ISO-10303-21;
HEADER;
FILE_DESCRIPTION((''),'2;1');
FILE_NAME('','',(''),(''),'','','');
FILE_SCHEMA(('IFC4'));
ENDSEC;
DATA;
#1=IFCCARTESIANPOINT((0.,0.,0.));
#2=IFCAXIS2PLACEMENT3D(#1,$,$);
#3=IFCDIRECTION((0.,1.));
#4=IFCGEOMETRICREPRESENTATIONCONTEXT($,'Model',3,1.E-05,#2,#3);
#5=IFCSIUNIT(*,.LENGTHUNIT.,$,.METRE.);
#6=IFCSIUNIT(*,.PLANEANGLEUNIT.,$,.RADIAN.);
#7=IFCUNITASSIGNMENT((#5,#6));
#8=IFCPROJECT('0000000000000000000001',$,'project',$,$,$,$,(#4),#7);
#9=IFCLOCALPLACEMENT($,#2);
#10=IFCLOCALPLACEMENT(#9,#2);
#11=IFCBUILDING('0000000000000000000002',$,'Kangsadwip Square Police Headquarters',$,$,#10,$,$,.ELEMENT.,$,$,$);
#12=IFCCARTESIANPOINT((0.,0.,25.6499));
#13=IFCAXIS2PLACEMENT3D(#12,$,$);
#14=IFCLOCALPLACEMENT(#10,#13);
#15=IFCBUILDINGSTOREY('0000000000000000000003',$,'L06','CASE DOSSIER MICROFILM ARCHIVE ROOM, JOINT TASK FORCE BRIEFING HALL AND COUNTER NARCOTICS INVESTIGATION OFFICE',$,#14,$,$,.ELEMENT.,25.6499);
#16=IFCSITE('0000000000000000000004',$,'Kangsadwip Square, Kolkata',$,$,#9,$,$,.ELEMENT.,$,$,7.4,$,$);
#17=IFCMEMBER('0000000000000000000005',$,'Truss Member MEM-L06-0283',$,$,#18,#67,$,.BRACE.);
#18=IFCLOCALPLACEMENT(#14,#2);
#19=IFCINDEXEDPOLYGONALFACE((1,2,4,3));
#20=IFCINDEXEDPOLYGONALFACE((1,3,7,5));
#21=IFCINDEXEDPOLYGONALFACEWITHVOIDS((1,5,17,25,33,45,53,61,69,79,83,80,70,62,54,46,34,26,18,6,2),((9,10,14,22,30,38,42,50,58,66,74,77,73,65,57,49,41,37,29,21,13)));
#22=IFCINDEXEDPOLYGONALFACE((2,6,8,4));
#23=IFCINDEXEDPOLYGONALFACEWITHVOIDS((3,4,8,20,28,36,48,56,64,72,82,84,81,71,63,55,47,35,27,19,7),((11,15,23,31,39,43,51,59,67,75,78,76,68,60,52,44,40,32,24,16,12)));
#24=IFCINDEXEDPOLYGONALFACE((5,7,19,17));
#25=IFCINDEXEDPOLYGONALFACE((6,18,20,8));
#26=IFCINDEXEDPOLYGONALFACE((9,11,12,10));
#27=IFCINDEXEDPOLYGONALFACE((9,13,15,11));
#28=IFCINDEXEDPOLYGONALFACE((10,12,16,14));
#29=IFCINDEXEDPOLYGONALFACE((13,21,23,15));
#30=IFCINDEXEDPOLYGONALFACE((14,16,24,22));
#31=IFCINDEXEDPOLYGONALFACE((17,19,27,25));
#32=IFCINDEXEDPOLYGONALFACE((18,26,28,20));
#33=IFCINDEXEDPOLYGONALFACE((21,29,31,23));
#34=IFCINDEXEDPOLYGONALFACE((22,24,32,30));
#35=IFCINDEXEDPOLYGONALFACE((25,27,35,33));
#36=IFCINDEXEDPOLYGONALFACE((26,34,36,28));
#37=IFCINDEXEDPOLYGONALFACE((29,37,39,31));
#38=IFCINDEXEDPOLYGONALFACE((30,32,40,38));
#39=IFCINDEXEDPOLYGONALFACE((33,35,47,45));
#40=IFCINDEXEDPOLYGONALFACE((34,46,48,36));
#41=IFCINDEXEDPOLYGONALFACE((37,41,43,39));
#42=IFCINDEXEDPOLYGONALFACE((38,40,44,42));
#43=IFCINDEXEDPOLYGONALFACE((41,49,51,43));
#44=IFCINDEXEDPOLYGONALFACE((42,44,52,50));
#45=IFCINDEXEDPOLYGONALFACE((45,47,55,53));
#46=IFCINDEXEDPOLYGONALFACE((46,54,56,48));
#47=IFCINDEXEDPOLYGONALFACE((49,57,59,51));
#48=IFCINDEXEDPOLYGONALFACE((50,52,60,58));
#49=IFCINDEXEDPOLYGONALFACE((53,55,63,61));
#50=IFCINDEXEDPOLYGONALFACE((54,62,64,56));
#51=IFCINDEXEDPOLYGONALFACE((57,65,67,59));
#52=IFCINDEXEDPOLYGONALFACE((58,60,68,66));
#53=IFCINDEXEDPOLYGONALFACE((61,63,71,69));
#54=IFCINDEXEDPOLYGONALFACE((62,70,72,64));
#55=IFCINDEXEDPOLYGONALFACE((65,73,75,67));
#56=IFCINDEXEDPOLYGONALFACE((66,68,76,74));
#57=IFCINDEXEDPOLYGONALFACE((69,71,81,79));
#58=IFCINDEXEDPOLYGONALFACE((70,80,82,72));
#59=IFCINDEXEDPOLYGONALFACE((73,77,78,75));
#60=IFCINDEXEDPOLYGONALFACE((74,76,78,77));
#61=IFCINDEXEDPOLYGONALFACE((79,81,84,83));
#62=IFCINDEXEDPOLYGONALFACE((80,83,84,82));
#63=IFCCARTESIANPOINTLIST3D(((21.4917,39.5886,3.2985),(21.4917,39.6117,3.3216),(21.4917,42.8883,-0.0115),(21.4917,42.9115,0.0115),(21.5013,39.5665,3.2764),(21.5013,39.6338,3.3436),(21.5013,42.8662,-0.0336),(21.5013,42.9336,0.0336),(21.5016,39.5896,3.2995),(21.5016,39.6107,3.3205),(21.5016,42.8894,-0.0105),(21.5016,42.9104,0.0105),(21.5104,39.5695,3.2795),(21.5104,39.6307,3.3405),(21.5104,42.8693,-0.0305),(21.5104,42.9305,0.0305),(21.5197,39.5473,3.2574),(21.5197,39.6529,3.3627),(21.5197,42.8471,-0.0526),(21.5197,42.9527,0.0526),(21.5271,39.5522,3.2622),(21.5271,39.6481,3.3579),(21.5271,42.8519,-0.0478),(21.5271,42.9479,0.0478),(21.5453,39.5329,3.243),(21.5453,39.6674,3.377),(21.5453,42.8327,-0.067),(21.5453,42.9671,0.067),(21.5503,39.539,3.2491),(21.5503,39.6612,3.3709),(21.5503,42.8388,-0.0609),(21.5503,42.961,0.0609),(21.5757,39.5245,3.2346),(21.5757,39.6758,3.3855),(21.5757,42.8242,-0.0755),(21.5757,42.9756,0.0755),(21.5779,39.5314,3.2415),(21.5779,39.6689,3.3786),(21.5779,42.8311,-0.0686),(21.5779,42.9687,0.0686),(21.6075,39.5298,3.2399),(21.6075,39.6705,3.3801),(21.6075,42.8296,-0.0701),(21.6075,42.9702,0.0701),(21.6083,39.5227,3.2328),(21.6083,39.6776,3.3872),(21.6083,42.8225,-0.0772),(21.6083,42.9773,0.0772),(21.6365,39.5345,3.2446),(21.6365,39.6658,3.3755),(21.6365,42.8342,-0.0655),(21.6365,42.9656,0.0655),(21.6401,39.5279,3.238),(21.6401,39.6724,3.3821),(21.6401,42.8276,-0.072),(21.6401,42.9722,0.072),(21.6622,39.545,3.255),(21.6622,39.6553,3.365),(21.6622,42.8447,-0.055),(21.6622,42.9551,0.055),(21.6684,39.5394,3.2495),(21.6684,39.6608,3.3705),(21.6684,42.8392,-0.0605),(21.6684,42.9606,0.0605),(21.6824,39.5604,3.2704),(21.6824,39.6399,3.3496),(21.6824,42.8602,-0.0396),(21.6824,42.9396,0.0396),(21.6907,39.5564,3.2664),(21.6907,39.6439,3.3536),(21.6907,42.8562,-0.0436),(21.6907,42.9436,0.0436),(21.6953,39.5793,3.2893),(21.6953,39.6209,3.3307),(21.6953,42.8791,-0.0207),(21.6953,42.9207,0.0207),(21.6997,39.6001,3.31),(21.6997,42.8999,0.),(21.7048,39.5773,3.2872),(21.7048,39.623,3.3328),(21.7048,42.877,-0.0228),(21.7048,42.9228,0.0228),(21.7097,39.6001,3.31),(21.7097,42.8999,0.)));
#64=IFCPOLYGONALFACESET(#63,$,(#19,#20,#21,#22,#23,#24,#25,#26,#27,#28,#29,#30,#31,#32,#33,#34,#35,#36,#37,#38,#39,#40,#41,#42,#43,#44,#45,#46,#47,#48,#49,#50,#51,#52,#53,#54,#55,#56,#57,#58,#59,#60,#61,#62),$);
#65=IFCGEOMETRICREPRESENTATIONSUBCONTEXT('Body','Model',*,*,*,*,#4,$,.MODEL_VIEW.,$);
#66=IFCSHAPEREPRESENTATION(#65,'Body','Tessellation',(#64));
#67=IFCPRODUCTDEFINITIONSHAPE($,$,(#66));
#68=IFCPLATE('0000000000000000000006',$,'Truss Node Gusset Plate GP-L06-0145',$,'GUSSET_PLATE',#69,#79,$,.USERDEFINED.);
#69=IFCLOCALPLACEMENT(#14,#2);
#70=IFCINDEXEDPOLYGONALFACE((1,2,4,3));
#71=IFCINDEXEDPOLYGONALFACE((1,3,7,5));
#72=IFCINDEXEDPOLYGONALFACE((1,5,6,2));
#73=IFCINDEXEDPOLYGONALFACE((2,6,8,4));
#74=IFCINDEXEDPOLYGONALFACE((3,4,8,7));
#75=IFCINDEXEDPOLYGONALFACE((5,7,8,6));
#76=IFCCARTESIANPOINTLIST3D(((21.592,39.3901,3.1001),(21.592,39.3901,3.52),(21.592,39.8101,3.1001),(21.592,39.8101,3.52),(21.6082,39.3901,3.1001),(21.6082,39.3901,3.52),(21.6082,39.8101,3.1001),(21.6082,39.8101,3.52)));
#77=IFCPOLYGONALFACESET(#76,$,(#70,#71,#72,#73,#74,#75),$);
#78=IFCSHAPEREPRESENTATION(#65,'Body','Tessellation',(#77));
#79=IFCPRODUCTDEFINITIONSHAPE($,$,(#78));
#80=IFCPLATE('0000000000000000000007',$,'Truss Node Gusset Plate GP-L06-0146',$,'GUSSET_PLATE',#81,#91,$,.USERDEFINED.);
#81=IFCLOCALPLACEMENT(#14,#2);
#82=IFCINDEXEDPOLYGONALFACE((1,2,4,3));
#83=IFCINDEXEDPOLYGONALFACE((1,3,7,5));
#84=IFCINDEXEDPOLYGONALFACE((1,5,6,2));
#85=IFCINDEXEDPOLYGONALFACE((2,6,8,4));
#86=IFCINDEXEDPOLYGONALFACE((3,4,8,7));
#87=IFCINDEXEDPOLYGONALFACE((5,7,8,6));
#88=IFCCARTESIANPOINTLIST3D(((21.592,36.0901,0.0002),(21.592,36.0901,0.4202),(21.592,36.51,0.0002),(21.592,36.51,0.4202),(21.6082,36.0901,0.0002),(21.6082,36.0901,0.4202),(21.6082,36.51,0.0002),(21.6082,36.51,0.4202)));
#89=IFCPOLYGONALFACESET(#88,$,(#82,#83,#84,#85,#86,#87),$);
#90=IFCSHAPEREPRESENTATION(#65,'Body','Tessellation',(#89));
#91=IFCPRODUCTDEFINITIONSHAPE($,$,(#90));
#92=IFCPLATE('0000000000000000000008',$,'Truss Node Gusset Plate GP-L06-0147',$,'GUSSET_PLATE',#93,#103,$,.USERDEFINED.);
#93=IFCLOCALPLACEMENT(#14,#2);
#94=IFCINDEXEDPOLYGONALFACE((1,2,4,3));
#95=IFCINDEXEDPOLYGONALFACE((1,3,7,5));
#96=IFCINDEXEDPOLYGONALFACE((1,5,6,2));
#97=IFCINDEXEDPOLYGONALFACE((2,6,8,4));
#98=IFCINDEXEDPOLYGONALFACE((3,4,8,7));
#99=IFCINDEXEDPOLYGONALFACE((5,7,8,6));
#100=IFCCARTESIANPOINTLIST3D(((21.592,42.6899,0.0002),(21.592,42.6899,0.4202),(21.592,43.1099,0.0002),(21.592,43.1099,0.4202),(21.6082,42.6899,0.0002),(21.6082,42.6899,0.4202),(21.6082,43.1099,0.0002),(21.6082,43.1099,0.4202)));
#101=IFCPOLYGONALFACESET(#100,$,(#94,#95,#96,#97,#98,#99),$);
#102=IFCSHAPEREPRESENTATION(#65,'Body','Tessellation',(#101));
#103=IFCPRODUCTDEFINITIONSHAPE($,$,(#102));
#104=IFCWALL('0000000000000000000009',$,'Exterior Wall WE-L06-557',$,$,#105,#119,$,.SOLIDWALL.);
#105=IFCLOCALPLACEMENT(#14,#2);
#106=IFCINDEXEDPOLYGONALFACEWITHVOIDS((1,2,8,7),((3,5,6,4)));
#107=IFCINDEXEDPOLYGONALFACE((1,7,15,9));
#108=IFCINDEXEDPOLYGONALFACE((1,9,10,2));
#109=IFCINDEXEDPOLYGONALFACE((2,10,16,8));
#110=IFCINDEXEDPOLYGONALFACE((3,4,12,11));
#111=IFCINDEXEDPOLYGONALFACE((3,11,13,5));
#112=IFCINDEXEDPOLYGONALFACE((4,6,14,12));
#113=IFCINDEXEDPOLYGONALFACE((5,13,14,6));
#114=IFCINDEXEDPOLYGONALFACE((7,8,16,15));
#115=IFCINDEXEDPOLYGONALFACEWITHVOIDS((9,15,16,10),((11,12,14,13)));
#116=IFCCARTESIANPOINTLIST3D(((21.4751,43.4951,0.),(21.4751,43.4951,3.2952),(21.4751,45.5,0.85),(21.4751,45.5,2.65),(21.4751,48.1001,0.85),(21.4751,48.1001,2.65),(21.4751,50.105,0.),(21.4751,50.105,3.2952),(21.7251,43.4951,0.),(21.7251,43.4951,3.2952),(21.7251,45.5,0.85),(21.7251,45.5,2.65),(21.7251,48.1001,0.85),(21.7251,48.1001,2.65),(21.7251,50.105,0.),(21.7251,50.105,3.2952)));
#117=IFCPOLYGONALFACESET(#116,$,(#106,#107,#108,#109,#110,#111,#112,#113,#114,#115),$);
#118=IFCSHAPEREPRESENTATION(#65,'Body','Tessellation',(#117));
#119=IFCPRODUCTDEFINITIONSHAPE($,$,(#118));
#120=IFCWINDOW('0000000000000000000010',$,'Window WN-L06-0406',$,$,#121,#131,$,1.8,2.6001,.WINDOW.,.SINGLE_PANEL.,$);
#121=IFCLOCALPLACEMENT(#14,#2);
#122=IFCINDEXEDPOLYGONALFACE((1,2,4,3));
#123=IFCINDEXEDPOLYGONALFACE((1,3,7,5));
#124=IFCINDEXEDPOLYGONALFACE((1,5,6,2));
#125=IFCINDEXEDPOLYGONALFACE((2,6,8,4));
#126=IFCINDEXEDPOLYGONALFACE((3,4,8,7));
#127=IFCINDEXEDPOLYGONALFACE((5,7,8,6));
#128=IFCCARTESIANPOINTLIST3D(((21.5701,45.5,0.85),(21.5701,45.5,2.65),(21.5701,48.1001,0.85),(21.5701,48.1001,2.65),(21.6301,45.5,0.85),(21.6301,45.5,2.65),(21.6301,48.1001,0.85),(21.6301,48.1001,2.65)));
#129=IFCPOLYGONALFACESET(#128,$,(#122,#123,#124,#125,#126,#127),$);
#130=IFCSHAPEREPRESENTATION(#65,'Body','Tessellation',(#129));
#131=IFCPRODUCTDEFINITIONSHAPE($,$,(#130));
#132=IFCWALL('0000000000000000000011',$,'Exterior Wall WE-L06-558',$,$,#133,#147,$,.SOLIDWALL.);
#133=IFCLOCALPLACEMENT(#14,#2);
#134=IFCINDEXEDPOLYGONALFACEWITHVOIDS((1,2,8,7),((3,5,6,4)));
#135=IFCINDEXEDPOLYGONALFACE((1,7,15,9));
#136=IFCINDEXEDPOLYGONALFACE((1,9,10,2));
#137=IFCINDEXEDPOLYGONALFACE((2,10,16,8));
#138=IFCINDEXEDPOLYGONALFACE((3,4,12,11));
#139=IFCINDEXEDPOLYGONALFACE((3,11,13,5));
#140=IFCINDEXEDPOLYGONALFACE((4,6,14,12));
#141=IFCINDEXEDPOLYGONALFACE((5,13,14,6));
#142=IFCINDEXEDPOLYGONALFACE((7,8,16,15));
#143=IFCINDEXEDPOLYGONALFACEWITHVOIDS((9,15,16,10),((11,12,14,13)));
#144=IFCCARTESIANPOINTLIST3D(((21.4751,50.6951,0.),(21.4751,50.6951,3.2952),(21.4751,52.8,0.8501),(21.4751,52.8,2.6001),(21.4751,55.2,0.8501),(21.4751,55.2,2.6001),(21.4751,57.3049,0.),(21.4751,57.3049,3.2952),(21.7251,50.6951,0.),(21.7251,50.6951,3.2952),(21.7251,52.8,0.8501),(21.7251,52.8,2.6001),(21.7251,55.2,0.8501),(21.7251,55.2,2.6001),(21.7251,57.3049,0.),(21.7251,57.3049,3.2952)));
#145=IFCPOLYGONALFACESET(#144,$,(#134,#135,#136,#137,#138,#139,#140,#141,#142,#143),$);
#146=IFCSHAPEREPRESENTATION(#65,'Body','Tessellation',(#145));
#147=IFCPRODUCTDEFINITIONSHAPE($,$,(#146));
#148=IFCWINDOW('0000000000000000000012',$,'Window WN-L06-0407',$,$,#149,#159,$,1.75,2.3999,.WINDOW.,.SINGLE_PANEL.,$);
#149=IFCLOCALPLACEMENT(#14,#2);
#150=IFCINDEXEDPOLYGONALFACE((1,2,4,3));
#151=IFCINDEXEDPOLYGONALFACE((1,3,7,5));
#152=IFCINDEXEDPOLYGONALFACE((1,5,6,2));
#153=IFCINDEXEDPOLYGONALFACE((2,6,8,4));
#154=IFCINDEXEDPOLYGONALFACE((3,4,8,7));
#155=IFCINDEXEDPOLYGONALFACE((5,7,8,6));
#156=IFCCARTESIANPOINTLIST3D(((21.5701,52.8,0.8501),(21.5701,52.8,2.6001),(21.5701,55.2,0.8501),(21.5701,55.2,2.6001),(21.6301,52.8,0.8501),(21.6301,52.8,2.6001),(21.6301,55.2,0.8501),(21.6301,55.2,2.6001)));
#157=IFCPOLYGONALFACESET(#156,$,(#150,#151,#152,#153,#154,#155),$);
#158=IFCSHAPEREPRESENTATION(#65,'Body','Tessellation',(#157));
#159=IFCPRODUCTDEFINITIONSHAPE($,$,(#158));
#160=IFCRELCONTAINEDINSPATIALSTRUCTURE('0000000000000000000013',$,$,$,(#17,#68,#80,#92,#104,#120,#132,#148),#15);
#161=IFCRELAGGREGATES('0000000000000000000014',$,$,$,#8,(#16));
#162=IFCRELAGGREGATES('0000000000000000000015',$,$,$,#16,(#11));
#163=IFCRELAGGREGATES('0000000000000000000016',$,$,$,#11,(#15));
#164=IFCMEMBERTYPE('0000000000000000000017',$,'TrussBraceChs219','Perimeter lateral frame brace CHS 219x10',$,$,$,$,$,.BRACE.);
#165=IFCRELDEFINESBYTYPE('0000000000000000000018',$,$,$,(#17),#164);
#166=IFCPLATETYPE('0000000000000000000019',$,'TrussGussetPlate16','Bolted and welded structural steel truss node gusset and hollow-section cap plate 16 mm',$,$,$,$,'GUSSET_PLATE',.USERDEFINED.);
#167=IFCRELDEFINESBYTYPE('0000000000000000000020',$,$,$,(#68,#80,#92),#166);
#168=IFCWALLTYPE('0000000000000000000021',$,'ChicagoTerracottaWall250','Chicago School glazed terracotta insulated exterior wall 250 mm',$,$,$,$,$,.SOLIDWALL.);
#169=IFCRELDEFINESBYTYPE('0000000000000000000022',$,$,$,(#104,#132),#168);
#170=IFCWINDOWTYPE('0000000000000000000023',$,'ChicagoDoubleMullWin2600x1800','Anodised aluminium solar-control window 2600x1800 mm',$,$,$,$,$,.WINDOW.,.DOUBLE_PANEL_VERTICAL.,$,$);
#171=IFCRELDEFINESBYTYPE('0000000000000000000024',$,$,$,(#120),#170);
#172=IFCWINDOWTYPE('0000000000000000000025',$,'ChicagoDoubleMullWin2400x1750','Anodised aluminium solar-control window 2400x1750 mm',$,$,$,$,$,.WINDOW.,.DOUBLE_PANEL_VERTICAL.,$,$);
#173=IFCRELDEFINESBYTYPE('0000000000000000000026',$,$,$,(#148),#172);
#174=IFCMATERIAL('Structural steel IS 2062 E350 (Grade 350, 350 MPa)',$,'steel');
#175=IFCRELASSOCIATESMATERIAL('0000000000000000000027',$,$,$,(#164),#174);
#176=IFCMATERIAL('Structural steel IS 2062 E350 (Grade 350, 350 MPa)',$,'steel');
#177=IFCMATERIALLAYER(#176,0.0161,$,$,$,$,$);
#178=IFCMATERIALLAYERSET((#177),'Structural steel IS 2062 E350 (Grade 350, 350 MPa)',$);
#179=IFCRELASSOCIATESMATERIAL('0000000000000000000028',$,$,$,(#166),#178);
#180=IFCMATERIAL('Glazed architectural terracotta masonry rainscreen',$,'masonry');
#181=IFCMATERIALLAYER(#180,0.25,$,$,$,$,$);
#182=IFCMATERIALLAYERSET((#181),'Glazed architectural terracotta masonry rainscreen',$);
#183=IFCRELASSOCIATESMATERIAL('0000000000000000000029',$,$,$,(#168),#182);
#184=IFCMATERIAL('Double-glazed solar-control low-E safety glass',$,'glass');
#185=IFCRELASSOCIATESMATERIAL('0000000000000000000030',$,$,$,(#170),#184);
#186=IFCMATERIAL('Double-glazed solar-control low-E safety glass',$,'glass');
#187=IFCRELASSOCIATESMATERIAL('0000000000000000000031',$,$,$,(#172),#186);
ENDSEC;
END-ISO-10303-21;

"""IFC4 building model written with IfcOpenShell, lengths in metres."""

from ifc_helpers import new_model, si_unit, direction, frame, frame_2d, origin, origin_2d, place, context, subcontext, project, spatial, rectangle, hollow_circle, extrude, material, layer, layer_set, material_profile, profile_set, type_object, element, fill, save


model = new_model("IFC4")

# Units and contexts
model_context = context("Model", 3, precision=1e-05, world=origin(), true_north=direction((0.0, 1.0)))
body_context = subcontext(model_context, "Body", "Model", "MODEL_VIEW")
ifc_project = project(units=[si_unit("LENGTHUNIT", "METRE"), si_unit("PLANEANGLEUNIT", "RADIAN")], contexts=[model_context])

# Site, building, storey
site_placement = place(None, origin())
site = spatial("IfcSite", under=ifc_project, at=site_placement, Name="Kangsadwip Square, Kolkata", CompositionType="ELEMENT", RefElevation=7.4)
building_placement = place(site_placement, origin())
building = spatial("IfcBuilding", under=site, at=building_placement, Name="Kangsadwip Square Police Headquarters", CompositionType="ELEMENT")
storey_placement = place(building_placement, frame((0.0, 0.0, 25.6499)))
storey = spatial("IfcBuildingStorey", under=building, at=storey_placement, Name="L06", Description="CASE DOSSIER MICROFILM ARCHIVE ROOM, JOINT TASK FORCE BRIEFING HALL AND COUNTER NARCOTICS INVESTIGATION OFFICE", CompositionType="ELEMENT", Elevation=25.6499)

# Member
ifc_material_1 = material(Name="Structural steel IS 2062 E350 (Grade 350, 350 MPa)", Category="steel")
ifc_material_profile_1 = material_profile(ifc_material_1, hollow_circle(Radius=0.1096, WallThickness=0.01, at=origin_2d()), Name="CHS 219X10")
ifc_profile_set_1 = profile_set([ifc_material_profile_1], Name="Structural steel IS 2062 E350 (Grade 350, 350 MPa)")
member_type = type_object("IfcMemberType", Name="TrussBraceChs219", Description="Perimeter lateral frame brace CHS 219x10", PredefinedType="BRACE", material=ifc_profile_set_1)
member_1_placement = place(storey_placement, frame((21.6001, 42.8999, 0.0), z_axis=(0.0, -0.706009, 0.708203), x_axis=(1.0, 0.0, 0.0)))
element("IfcMember", 1, at=member_1_placement, inside=storey, type_object=member_type, Name="Truss Member MEM-L06-0283", PredefinedType="BRACE", context=body_context, shape_type="SweptSolid", body=[
    extrude(hollow_circle(Radius=0.1096, WallThickness=0.01, at=origin_2d()), origin(), (0.0, 0.0, 1.0), 4.6738),
])

# Plates
ifc_material_2 = material(Name="Structural steel IS 2062 E350 (Grade 350, 350 MPa)", Category="steel")
ifc_layer_1 = layer(ifc_material_2, 0.0161)
ifc_layer_set_1 = layer_set([ifc_layer_1], Name="Structural steel IS 2062 E350 (Grade 350, 350 MPa)")
plate_type = type_object("IfcPlateType", Name="TrussGussetPlate16", Description="Bolted and welded structural steel truss node gusset and hollow-section cap plate 16 mm", ElementType="GUSSET_PLATE", PredefinedType="USERDEFINED", material=ifc_layer_set_1)
for number, where, z_axis, x_axis, name in (
    (2, (21.6001, 39.6001, 3.1001), (0.0, 0.0, 1.0), (0.0, 1.0, 0.0), "Truss Node Gusset Plate GP-L06-0145"),
    (3, (21.6001, 36.3, 0.0002), (0.0, 0.0, 1.0), (0.0, 1.0, 0.0), "Truss Node Gusset Plate GP-L06-0146"),
    (4, (21.6001, 42.8999, 0.0002), (0.0, 0.0, 1.0), (0.0, 1.0, 0.0), "Truss Node Gusset Plate GP-L06-0147"),
):
    element("IfcPlate", number, at=place(storey_placement, frame(where, z_axis=z_axis, x_axis=x_axis)), inside=storey, type_object=plate_type, Name=name, ObjectType="GUSSET_PLATE", PredefinedType="USERDEFINED", context=body_context, shape_type="SweptSolid", body=[
        extrude(rectangle(XDim=0.4199, YDim=0.0161, at=origin_2d()), origin(), (0.0, 0.0, 1.0), 0.4199),
    ])

# Walls, openings, windows
ifc_material_3 = material(Name="Glazed architectural terracotta masonry rainscreen", Category="masonry")
ifc_layer_2 = layer(ifc_material_3, 0.25)
ifc_layer_set_2 = layer_set([ifc_layer_2], Name="Glazed architectural terracotta masonry rainscreen")
wall_type = type_object("IfcWallType", Name="ChicagoTerracottaWall250", Description="Chicago School glazed terracotta insulated exterior wall 250 mm", PredefinedType="SOLIDWALL", material=ifc_layer_set_2)
wall_1_placement = place(storey_placement, frame((21.6001, 43.4951, 0.0), z_axis=(0.0, 0.0, 1.0), x_axis=(0.0, 1.0, 0.0)))
wall_1 = element("IfcWall", 5, at=wall_1_placement, inside=storey, type_object=wall_type, Name="Exterior Wall WE-L06-557", PredefinedType="SOLIDWALL", context=body_context, shape_type="SweptSolid", body=[
    extrude(rectangle(XDim=6.6099, YDim=0.25, at=frame_2d((3.3049, 0.0))), origin(), (0.0, 0.0, 1.0), 3.2952),
])
opening_1_placement = place(wall_1_placement, frame((2.0049, 0.0, 0.8501)))
opening_1 = element("IfcOpeningElement", 6, at=opening_1_placement, cuts=wall_1, PredefinedType="OPENING", context=body_context, shape_type="SweptSolid", body=[
    extrude(rectangle(XDim=2.6001, YDim=1.8, at=frame_2d((1.3, 0.8999))), frame((0.0, 0.135, 0.0), z_axis=(0.0, -1.0, 0.0), x_axis=(1.0, 0.0, 0.0)), (0.0, 0.0, 1.0), 0.27),
])
ifc_material_4 = material(Name="Double-glazed solar-control low-E safety glass", Category="glass")
window_type_1 = type_object("IfcWindowType", Name="ChicagoDoubleMullWin2600x1800", Description="Anodised aluminium solar-control window 2600x1800 mm", PartitioningType="DOUBLE_PANEL_VERTICAL", PredefinedType="WINDOW", material=ifc_material_4)
window_1_placement = place(opening_1_placement, origin())
window_1 = element("IfcWindow", 7, at=window_1_placement, inside=storey, type_object=window_type_1, Name="Window WN-L06-0406", OverallHeight=1.8, OverallWidth=2.6001, PartitioningType="SINGLE_PANEL", PredefinedType="WINDOW", context=body_context, shape_type="SweptSolid", body=[
    extrude(rectangle(XDim=2.6001, YDim=1.8, at=frame_2d((1.3, 0.8999))), frame((0.0, 0.03, 0.0), z_axis=(0.0, -1.0, 0.0), x_axis=(1.0, 0.0, 0.0)), (0.0, 0.0, 1.0), 0.0601),
])
fill(opening_1, window_1)
wall_2_placement = place(storey_placement, frame((21.6001, 50.6951, 0.0), z_axis=(0.0, 0.0, 1.0), x_axis=(0.0, 1.0, 0.0)))
wall_2 = element("IfcWall", 8, at=wall_2_placement, inside=storey, type_object=wall_type, Name="Exterior Wall WE-L06-558", PredefinedType="SOLIDWALL", context=body_context, shape_type="SweptSolid", body=[
    extrude(rectangle(XDim=6.6099, YDim=0.25, at=frame_2d((3.3049, 0.0))), origin(), (0.0, 0.0, 1.0), 3.2952),
])
opening_2_placement = place(wall_2_placement, frame((2.105, 0.0, 0.8501)))
opening_2 = element("IfcOpeningElement", 9, at=opening_2_placement, cuts=wall_2, PredefinedType="OPENING", context=body_context, shape_type="SweptSolid", body=[
    extrude(rectangle(XDim=2.3999, YDim=1.75, at=frame_2d((1.2, 0.875))), frame((0.0, 0.135, 0.0), z_axis=(0.0, -1.0, 0.0), x_axis=(1.0, 0.0, 0.0)), (0.0, 0.0, 1.0), 0.27),
])
ifc_material_5 = material(Name="Double-glazed solar-control low-E safety glass", Category="glass")
window_type_2 = type_object("IfcWindowType", Name="ChicagoDoubleMullWin2400x1750", Description="Anodised aluminium solar-control window 2400x1750 mm", PartitioningType="DOUBLE_PANEL_VERTICAL", PredefinedType="WINDOW", material=ifc_material_5)
window_2_placement = place(opening_2_placement, origin())
window_2 = element("IfcWindow", 10, at=window_2_placement, inside=storey, type_object=window_type_2, Name="Window WN-L06-0407", OverallHeight=1.75, OverallWidth=2.3999, PartitioningType="SINGLE_PANEL", PredefinedType="WINDOW", context=body_context, shape_type="SweptSolid", body=[
    extrude(rectangle(XDim=2.3999, YDim=1.75, at=frame_2d((1.2, 0.875))), frame((0.0, 0.03, 0.0), z_axis=(0.0, -1.0, 0.0), x_axis=(1.0, 0.0, 0.0)), (0.0, 0.0, 1.0), 0.0601),
])
fill(opening_2, window_2)

save(model, "model.ifc")
